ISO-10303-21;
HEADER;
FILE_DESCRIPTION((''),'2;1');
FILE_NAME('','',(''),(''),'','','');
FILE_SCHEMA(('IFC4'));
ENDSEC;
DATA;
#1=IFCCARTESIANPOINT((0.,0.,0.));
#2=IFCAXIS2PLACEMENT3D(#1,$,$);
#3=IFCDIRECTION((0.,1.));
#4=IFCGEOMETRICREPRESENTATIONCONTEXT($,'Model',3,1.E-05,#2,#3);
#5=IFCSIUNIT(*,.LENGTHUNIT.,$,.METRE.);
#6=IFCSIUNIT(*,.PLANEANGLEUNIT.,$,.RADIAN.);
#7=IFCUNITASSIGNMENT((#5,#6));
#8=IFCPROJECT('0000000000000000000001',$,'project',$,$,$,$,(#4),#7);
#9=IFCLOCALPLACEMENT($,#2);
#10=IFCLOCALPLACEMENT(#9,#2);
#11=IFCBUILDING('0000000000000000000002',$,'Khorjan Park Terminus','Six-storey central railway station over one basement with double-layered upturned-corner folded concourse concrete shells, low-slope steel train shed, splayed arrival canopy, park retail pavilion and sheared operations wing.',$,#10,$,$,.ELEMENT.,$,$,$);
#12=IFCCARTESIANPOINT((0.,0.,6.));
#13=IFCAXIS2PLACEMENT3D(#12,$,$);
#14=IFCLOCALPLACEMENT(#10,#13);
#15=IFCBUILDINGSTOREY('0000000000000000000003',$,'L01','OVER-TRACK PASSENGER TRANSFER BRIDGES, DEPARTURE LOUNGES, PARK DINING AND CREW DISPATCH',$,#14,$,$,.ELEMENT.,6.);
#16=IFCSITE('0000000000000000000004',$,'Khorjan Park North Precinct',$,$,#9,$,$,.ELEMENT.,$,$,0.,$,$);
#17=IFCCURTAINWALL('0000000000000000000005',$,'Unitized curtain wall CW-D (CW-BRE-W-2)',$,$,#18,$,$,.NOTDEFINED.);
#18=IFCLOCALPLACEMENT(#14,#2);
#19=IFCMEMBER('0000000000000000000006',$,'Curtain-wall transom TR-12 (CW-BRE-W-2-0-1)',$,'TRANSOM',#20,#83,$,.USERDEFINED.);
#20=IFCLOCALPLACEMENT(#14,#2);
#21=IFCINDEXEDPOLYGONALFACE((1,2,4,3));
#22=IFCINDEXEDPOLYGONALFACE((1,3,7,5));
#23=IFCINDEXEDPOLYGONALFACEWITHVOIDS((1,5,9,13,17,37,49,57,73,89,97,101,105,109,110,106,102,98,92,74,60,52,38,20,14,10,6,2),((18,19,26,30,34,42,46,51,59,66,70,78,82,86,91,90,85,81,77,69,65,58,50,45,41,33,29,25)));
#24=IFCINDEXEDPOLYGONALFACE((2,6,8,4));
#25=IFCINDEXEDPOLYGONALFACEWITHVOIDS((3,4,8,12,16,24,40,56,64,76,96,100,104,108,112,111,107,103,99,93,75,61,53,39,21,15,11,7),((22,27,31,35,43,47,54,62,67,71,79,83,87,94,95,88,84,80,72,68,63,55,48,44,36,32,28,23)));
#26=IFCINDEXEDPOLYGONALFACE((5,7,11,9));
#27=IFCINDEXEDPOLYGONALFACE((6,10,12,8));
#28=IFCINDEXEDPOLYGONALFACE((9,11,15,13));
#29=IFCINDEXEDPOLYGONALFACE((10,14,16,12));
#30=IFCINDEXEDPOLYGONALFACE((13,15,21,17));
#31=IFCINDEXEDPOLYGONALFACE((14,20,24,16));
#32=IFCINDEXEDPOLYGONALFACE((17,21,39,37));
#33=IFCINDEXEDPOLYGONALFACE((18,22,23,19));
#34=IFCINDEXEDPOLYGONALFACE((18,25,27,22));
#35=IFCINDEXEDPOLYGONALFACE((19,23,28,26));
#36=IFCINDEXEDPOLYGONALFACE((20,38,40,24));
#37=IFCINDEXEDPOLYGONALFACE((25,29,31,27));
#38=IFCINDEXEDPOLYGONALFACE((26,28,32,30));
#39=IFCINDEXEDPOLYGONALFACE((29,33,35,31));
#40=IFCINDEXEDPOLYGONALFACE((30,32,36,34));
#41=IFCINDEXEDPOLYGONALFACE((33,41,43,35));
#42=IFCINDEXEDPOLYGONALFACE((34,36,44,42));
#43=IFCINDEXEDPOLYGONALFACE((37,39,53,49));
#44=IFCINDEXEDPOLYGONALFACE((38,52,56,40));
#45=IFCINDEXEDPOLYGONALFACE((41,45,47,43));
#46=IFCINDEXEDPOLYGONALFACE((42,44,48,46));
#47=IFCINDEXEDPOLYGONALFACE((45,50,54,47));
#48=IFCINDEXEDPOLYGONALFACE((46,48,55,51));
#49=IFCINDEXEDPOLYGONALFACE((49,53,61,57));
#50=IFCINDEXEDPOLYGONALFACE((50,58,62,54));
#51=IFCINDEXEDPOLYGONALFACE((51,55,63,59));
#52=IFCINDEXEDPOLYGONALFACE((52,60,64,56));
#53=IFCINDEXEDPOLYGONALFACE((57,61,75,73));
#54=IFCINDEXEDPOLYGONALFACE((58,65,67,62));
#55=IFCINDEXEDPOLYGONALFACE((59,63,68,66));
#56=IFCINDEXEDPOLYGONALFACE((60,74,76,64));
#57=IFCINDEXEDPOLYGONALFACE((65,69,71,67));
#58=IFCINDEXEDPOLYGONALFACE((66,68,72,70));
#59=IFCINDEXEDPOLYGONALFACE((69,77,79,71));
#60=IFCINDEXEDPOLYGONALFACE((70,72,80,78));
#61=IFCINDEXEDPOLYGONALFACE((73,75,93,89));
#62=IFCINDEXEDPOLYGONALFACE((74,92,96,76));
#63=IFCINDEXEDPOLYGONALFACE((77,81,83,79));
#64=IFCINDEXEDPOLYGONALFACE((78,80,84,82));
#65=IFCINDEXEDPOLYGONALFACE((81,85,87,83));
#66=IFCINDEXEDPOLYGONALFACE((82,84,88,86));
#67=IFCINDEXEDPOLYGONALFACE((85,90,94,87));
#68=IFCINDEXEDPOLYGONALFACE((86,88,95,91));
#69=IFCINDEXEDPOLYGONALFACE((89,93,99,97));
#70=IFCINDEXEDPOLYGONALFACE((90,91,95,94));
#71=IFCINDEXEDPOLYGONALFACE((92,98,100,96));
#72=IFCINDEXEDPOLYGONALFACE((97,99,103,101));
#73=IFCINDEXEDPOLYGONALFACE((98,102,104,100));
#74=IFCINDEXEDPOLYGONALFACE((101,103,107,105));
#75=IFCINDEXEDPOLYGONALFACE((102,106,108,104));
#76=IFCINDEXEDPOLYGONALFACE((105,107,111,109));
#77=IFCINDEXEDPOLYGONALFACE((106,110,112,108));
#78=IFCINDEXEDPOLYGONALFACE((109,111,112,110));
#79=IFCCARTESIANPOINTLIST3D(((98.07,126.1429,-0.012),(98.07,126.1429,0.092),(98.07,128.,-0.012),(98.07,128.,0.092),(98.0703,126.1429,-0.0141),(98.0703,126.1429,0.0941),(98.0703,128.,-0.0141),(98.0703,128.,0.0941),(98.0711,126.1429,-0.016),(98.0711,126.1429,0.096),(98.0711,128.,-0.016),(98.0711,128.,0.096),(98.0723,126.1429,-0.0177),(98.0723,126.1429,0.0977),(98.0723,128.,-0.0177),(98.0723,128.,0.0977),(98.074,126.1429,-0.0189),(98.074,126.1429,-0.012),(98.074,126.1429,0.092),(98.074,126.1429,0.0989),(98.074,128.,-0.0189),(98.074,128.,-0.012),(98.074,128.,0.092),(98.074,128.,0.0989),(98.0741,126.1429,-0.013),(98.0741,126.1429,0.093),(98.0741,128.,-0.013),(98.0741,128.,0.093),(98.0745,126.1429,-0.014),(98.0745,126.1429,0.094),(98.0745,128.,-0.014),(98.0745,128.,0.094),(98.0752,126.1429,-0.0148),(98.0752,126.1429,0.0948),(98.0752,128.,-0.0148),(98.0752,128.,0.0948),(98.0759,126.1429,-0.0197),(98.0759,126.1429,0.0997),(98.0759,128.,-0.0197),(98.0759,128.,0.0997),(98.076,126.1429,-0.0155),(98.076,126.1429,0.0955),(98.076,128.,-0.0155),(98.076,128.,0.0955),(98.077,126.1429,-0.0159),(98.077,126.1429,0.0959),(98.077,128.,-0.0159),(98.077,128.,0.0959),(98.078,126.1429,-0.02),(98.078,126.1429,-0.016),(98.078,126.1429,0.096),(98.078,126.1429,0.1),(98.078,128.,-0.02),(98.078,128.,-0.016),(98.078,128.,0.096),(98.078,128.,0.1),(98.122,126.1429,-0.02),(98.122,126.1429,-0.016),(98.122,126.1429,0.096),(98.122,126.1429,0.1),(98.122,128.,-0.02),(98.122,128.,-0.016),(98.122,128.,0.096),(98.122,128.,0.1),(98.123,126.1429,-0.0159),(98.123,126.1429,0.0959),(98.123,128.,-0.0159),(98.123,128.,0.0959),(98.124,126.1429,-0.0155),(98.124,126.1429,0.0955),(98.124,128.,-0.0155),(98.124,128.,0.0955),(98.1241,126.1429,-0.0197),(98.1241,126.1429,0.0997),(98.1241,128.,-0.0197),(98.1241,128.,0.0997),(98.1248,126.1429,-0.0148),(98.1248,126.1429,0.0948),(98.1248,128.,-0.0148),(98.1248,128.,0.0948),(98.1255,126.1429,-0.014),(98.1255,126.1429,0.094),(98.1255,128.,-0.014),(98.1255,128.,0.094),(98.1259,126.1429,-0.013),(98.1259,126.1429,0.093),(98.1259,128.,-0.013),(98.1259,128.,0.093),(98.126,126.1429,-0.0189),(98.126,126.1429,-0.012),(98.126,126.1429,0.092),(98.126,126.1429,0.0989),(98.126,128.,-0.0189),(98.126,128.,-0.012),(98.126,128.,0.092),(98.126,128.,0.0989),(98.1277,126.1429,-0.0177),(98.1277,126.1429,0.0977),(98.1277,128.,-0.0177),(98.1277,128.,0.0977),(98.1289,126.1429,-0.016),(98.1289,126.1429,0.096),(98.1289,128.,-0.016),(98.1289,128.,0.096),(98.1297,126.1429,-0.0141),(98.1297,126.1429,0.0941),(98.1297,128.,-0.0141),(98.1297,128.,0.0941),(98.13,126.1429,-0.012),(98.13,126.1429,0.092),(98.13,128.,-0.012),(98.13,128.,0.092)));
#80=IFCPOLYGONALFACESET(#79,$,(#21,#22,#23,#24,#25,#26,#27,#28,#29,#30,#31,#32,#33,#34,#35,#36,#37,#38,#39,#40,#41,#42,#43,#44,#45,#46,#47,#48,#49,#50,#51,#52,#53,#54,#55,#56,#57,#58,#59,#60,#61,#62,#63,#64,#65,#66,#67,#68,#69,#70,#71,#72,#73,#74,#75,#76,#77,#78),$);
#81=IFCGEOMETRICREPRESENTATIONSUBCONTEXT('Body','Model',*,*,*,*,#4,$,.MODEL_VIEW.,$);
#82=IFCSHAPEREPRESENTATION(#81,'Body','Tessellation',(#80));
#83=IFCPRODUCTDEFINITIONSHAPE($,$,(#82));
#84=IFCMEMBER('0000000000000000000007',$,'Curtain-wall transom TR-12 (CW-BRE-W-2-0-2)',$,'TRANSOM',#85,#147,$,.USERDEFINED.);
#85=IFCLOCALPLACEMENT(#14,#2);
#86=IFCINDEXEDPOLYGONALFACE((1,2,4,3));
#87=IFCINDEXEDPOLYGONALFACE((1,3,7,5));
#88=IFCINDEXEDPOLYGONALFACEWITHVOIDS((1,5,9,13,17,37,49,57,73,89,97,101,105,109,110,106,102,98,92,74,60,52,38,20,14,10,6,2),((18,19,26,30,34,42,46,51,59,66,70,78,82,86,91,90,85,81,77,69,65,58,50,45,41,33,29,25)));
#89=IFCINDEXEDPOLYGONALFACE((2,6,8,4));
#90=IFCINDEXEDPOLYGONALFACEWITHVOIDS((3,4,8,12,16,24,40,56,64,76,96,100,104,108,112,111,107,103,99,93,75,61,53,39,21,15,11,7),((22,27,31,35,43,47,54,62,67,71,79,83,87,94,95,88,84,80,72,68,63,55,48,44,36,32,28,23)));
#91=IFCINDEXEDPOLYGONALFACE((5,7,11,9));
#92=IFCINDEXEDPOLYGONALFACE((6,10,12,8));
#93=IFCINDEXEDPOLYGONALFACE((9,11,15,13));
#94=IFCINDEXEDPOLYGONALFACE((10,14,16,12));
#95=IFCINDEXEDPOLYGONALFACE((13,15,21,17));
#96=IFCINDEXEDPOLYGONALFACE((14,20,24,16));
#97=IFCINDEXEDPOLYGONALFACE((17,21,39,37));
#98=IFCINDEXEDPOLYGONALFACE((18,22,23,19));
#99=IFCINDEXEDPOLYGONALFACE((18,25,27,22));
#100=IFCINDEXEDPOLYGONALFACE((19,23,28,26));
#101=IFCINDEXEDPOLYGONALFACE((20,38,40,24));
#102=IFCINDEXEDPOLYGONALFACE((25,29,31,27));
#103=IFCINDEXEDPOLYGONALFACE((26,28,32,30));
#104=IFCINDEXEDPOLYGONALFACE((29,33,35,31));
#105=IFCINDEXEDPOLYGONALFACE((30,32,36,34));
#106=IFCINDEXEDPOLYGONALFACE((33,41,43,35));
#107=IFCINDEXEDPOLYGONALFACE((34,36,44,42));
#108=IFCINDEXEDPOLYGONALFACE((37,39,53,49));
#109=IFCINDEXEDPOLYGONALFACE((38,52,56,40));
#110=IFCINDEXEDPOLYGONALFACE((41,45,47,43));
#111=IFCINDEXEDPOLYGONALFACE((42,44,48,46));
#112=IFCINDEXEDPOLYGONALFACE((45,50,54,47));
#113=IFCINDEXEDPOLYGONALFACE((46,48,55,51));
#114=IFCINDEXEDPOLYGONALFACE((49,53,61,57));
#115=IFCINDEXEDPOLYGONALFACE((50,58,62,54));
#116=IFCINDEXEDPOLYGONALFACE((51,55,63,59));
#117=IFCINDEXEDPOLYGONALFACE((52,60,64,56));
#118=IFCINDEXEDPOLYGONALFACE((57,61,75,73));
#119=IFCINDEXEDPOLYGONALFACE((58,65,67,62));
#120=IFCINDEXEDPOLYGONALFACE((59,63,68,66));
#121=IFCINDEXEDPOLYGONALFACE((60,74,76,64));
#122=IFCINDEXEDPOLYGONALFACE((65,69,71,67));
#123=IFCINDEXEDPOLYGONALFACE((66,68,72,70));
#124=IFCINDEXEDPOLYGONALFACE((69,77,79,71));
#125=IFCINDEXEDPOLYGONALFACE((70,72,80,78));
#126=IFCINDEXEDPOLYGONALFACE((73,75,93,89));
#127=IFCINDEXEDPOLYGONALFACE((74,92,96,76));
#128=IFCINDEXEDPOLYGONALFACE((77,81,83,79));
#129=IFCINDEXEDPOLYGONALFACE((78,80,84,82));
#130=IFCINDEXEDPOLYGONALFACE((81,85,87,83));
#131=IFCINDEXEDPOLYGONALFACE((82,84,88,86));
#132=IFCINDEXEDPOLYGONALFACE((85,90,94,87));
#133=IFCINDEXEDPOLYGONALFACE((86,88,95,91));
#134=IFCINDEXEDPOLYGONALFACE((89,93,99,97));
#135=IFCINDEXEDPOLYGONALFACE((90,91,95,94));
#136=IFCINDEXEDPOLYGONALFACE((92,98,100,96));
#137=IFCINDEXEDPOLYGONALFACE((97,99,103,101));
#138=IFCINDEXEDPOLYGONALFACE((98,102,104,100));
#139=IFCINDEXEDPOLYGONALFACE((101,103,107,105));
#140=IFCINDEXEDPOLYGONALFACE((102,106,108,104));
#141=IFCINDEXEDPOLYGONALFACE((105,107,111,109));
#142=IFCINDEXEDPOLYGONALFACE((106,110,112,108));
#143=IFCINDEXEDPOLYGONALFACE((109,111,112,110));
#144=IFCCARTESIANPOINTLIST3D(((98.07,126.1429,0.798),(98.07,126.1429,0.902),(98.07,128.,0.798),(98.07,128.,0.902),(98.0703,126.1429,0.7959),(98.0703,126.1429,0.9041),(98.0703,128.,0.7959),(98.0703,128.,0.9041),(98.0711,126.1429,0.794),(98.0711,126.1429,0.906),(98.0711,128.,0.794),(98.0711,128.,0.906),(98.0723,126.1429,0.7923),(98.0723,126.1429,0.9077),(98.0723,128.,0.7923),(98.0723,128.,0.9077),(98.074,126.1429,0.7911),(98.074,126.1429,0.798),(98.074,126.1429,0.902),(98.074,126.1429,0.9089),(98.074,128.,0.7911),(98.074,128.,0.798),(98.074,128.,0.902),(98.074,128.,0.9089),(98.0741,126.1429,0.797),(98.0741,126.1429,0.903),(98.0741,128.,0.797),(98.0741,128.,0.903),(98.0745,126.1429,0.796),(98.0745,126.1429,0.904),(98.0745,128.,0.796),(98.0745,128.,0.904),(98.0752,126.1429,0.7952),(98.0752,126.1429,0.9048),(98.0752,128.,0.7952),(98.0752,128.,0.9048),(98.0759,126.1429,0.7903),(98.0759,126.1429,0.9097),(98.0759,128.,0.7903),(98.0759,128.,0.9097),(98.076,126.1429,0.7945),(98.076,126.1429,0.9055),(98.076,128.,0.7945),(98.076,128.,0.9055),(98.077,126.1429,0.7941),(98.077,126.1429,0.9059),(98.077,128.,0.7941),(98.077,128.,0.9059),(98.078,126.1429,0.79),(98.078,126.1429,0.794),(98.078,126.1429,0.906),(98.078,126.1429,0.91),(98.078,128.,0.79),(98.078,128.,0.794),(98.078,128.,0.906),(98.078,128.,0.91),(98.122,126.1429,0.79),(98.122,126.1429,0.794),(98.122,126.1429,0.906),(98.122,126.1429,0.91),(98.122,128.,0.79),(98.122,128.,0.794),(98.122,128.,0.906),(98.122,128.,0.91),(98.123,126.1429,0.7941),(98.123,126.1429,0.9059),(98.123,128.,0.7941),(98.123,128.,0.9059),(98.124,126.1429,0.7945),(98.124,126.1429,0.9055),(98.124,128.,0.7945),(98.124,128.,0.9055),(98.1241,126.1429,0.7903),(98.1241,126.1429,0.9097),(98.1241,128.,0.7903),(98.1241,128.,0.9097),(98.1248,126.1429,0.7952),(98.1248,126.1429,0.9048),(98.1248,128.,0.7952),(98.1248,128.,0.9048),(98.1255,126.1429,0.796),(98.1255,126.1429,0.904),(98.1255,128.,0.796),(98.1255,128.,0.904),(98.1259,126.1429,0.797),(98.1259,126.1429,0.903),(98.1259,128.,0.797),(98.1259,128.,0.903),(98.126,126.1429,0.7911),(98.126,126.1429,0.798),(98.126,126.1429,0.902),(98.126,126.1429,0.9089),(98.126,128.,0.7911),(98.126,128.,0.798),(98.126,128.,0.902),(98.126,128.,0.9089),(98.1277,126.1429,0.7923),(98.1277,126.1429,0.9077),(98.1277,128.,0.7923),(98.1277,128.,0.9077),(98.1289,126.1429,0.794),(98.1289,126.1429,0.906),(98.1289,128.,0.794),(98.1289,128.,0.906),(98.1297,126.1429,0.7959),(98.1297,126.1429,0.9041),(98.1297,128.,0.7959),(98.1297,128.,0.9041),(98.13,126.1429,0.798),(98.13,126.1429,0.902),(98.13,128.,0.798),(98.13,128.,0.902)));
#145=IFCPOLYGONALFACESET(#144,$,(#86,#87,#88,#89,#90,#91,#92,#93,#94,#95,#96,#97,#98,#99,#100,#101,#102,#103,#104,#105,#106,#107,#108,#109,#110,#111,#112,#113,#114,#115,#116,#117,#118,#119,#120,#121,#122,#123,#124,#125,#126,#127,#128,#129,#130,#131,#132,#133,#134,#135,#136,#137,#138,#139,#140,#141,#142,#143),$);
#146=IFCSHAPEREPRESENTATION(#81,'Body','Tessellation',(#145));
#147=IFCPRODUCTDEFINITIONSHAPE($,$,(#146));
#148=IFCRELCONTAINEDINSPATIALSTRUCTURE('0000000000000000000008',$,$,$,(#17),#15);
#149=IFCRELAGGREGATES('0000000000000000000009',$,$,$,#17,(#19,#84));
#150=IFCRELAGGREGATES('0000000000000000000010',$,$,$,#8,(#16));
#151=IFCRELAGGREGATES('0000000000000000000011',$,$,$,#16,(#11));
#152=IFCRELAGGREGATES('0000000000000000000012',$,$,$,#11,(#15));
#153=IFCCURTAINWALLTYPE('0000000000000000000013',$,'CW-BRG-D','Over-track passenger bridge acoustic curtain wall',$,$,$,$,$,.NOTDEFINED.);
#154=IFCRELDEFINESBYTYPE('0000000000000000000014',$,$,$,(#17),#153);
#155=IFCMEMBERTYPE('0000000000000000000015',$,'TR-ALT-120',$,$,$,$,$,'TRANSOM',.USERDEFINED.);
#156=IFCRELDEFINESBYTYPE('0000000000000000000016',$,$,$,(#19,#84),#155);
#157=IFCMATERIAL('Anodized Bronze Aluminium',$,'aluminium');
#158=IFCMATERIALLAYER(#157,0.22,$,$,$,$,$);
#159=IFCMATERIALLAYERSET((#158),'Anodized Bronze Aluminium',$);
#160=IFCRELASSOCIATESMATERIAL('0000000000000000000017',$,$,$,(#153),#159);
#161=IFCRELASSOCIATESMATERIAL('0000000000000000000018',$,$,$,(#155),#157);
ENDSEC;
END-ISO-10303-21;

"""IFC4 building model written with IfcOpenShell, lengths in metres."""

from ifc_helpers import new_model, si_unit, direction, frame, origin, origin_2d, place, context, subcontext, project, spatial, hollow_rectangle, extrude, material, layer, layer_set, material_profile, profile_set, type_object, element, aggregate, save


model = new_model("IFC4")

# Units and contexts
model_context = context("Model", 3, precision=1e-05, world=origin(), true_north=direction((0.0, 1.0)))
body_context = subcontext(model_context, "Body", "Model", "MODEL_VIEW")
ifc_project = project(units=[si_unit("LENGTHUNIT", "METRE"), si_unit("PLANEANGLEUNIT", "RADIAN")], contexts=[model_context])

# Site, building, storey
site_placement = place(None, origin())
site = spatial("IfcSite", under=ifc_project, at=site_placement, Name="Khorjan Park North Precinct", CompositionType="ELEMENT", RefElevation=0.0)
building_placement = place(site_placement, origin())
building = spatial("IfcBuilding", under=site, at=building_placement, Name="Khorjan Park Terminus", Description="Six-storey central railway station over one basement with double-layered upturned-corner folded concourse concrete shells, low-slope steel train shed, splayed arrival canopy, park retail pavilion and sheared operations wing.", CompositionType="ELEMENT")
storey_placement = place(building_placement, frame((0.0, 0.0, 6.0)))
storey = spatial("IfcBuildingStorey", under=building, at=storey_placement, Name="L01", Description="OVER-TRACK PASSENGER TRANSFER BRIDGES, DEPARTURE LOUNGES, PARK DINING AND CREW DISPATCH", CompositionType="ELEMENT", Elevation=6.0)

# Curtain wall
ifc_material_1 = material(Name="Anodized Bronze Aluminium", Category="aluminium")
ifc_layer_1 = layer(ifc_material_1, 0.22)
ifc_layer_set_1 = layer_set([ifc_layer_1], Name="Anodized Bronze Aluminium")
curtain_wall_type = type_object("IfcCurtainWallType", Name="CW-BRG-D", Description="Over-track passenger bridge acoustic curtain wall", PredefinedType="NOTDEFINED", material=ifc_layer_set_1)
curtain_wall_1_placement = place(storey_placement, origin())
curtain_wall_1 = element("IfcCurtainWall", 1, at=curtain_wall_1_placement, inside=storey, type_object=curtain_wall_type, Name="Unitized curtain wall CW-D (CW-BRE-W-2)", PredefinedType="NOTDEFINED")

# Members
ifc_material_profile_1 = material_profile(ifc_material_1, hollow_rectangle(XDim=0.06, YDim=0.12, WallThickness=0.004, InnerFilletRadius=0.004, OuterFilletRadius=0.008, at=origin_2d()), Name="ALT 60x120x4")
ifc_profile_set_1 = profile_set([ifc_material_profile_1], Name="Anodized Bronze Aluminium")
member_type_1 = type_object("IfcMemberType", Name="TR-ALT-120", ElementType="TRANSOM", PredefinedType="USERDEFINED", material=ifc_profile_set_1)
member_1_placement = place(storey_placement, frame((98.1, 128.0, 0.04), z_axis=(0.0, -1.0, 0.0), x_axis=(1.0, 0.0, 0.0)))
member_1 = element("IfcMember", 2, at=member_1_placement, type_object=member_type_1, Name="Curtain-wall transom TR-12 (CW-BRE-W-2-0-1)", ObjectType="TRANSOM", PredefinedType="USERDEFINED", context=body_context, shape_type="SweptSolid", body=[
    extrude(hollow_rectangle(XDim=0.06, YDim=0.12, WallThickness=0.004, InnerFilletRadius=0.004, OuterFilletRadius=0.008, at=origin_2d()), origin(), (0.0, 0.0, 1.0), 1.8571),
])
member_2_placement = place(storey_placement, frame((98.1, 128.0, 0.85), z_axis=(0.0, -1.0, 0.0), x_axis=(1.0, 0.0, 0.0)))
member_2 = element("IfcMember", 3, at=member_2_placement, type_object=member_type_1, Name="Curtain-wall transom TR-12 (CW-BRE-W-2-0-2)", ObjectType="TRANSOM", PredefinedType="USERDEFINED", context=body_context, shape_type="SweptSolid", body=[
    extrude(hollow_rectangle(XDim=0.06, YDim=0.12, WallThickness=0.004, InnerFilletRadius=0.004, OuterFilletRadius=0.008, at=origin_2d()), origin(), (0.0, 0.0, 1.0), 1.8571),
])

aggregate(curtain_wall_1, [member_1, member_2])

save(model, "model.ifc")
